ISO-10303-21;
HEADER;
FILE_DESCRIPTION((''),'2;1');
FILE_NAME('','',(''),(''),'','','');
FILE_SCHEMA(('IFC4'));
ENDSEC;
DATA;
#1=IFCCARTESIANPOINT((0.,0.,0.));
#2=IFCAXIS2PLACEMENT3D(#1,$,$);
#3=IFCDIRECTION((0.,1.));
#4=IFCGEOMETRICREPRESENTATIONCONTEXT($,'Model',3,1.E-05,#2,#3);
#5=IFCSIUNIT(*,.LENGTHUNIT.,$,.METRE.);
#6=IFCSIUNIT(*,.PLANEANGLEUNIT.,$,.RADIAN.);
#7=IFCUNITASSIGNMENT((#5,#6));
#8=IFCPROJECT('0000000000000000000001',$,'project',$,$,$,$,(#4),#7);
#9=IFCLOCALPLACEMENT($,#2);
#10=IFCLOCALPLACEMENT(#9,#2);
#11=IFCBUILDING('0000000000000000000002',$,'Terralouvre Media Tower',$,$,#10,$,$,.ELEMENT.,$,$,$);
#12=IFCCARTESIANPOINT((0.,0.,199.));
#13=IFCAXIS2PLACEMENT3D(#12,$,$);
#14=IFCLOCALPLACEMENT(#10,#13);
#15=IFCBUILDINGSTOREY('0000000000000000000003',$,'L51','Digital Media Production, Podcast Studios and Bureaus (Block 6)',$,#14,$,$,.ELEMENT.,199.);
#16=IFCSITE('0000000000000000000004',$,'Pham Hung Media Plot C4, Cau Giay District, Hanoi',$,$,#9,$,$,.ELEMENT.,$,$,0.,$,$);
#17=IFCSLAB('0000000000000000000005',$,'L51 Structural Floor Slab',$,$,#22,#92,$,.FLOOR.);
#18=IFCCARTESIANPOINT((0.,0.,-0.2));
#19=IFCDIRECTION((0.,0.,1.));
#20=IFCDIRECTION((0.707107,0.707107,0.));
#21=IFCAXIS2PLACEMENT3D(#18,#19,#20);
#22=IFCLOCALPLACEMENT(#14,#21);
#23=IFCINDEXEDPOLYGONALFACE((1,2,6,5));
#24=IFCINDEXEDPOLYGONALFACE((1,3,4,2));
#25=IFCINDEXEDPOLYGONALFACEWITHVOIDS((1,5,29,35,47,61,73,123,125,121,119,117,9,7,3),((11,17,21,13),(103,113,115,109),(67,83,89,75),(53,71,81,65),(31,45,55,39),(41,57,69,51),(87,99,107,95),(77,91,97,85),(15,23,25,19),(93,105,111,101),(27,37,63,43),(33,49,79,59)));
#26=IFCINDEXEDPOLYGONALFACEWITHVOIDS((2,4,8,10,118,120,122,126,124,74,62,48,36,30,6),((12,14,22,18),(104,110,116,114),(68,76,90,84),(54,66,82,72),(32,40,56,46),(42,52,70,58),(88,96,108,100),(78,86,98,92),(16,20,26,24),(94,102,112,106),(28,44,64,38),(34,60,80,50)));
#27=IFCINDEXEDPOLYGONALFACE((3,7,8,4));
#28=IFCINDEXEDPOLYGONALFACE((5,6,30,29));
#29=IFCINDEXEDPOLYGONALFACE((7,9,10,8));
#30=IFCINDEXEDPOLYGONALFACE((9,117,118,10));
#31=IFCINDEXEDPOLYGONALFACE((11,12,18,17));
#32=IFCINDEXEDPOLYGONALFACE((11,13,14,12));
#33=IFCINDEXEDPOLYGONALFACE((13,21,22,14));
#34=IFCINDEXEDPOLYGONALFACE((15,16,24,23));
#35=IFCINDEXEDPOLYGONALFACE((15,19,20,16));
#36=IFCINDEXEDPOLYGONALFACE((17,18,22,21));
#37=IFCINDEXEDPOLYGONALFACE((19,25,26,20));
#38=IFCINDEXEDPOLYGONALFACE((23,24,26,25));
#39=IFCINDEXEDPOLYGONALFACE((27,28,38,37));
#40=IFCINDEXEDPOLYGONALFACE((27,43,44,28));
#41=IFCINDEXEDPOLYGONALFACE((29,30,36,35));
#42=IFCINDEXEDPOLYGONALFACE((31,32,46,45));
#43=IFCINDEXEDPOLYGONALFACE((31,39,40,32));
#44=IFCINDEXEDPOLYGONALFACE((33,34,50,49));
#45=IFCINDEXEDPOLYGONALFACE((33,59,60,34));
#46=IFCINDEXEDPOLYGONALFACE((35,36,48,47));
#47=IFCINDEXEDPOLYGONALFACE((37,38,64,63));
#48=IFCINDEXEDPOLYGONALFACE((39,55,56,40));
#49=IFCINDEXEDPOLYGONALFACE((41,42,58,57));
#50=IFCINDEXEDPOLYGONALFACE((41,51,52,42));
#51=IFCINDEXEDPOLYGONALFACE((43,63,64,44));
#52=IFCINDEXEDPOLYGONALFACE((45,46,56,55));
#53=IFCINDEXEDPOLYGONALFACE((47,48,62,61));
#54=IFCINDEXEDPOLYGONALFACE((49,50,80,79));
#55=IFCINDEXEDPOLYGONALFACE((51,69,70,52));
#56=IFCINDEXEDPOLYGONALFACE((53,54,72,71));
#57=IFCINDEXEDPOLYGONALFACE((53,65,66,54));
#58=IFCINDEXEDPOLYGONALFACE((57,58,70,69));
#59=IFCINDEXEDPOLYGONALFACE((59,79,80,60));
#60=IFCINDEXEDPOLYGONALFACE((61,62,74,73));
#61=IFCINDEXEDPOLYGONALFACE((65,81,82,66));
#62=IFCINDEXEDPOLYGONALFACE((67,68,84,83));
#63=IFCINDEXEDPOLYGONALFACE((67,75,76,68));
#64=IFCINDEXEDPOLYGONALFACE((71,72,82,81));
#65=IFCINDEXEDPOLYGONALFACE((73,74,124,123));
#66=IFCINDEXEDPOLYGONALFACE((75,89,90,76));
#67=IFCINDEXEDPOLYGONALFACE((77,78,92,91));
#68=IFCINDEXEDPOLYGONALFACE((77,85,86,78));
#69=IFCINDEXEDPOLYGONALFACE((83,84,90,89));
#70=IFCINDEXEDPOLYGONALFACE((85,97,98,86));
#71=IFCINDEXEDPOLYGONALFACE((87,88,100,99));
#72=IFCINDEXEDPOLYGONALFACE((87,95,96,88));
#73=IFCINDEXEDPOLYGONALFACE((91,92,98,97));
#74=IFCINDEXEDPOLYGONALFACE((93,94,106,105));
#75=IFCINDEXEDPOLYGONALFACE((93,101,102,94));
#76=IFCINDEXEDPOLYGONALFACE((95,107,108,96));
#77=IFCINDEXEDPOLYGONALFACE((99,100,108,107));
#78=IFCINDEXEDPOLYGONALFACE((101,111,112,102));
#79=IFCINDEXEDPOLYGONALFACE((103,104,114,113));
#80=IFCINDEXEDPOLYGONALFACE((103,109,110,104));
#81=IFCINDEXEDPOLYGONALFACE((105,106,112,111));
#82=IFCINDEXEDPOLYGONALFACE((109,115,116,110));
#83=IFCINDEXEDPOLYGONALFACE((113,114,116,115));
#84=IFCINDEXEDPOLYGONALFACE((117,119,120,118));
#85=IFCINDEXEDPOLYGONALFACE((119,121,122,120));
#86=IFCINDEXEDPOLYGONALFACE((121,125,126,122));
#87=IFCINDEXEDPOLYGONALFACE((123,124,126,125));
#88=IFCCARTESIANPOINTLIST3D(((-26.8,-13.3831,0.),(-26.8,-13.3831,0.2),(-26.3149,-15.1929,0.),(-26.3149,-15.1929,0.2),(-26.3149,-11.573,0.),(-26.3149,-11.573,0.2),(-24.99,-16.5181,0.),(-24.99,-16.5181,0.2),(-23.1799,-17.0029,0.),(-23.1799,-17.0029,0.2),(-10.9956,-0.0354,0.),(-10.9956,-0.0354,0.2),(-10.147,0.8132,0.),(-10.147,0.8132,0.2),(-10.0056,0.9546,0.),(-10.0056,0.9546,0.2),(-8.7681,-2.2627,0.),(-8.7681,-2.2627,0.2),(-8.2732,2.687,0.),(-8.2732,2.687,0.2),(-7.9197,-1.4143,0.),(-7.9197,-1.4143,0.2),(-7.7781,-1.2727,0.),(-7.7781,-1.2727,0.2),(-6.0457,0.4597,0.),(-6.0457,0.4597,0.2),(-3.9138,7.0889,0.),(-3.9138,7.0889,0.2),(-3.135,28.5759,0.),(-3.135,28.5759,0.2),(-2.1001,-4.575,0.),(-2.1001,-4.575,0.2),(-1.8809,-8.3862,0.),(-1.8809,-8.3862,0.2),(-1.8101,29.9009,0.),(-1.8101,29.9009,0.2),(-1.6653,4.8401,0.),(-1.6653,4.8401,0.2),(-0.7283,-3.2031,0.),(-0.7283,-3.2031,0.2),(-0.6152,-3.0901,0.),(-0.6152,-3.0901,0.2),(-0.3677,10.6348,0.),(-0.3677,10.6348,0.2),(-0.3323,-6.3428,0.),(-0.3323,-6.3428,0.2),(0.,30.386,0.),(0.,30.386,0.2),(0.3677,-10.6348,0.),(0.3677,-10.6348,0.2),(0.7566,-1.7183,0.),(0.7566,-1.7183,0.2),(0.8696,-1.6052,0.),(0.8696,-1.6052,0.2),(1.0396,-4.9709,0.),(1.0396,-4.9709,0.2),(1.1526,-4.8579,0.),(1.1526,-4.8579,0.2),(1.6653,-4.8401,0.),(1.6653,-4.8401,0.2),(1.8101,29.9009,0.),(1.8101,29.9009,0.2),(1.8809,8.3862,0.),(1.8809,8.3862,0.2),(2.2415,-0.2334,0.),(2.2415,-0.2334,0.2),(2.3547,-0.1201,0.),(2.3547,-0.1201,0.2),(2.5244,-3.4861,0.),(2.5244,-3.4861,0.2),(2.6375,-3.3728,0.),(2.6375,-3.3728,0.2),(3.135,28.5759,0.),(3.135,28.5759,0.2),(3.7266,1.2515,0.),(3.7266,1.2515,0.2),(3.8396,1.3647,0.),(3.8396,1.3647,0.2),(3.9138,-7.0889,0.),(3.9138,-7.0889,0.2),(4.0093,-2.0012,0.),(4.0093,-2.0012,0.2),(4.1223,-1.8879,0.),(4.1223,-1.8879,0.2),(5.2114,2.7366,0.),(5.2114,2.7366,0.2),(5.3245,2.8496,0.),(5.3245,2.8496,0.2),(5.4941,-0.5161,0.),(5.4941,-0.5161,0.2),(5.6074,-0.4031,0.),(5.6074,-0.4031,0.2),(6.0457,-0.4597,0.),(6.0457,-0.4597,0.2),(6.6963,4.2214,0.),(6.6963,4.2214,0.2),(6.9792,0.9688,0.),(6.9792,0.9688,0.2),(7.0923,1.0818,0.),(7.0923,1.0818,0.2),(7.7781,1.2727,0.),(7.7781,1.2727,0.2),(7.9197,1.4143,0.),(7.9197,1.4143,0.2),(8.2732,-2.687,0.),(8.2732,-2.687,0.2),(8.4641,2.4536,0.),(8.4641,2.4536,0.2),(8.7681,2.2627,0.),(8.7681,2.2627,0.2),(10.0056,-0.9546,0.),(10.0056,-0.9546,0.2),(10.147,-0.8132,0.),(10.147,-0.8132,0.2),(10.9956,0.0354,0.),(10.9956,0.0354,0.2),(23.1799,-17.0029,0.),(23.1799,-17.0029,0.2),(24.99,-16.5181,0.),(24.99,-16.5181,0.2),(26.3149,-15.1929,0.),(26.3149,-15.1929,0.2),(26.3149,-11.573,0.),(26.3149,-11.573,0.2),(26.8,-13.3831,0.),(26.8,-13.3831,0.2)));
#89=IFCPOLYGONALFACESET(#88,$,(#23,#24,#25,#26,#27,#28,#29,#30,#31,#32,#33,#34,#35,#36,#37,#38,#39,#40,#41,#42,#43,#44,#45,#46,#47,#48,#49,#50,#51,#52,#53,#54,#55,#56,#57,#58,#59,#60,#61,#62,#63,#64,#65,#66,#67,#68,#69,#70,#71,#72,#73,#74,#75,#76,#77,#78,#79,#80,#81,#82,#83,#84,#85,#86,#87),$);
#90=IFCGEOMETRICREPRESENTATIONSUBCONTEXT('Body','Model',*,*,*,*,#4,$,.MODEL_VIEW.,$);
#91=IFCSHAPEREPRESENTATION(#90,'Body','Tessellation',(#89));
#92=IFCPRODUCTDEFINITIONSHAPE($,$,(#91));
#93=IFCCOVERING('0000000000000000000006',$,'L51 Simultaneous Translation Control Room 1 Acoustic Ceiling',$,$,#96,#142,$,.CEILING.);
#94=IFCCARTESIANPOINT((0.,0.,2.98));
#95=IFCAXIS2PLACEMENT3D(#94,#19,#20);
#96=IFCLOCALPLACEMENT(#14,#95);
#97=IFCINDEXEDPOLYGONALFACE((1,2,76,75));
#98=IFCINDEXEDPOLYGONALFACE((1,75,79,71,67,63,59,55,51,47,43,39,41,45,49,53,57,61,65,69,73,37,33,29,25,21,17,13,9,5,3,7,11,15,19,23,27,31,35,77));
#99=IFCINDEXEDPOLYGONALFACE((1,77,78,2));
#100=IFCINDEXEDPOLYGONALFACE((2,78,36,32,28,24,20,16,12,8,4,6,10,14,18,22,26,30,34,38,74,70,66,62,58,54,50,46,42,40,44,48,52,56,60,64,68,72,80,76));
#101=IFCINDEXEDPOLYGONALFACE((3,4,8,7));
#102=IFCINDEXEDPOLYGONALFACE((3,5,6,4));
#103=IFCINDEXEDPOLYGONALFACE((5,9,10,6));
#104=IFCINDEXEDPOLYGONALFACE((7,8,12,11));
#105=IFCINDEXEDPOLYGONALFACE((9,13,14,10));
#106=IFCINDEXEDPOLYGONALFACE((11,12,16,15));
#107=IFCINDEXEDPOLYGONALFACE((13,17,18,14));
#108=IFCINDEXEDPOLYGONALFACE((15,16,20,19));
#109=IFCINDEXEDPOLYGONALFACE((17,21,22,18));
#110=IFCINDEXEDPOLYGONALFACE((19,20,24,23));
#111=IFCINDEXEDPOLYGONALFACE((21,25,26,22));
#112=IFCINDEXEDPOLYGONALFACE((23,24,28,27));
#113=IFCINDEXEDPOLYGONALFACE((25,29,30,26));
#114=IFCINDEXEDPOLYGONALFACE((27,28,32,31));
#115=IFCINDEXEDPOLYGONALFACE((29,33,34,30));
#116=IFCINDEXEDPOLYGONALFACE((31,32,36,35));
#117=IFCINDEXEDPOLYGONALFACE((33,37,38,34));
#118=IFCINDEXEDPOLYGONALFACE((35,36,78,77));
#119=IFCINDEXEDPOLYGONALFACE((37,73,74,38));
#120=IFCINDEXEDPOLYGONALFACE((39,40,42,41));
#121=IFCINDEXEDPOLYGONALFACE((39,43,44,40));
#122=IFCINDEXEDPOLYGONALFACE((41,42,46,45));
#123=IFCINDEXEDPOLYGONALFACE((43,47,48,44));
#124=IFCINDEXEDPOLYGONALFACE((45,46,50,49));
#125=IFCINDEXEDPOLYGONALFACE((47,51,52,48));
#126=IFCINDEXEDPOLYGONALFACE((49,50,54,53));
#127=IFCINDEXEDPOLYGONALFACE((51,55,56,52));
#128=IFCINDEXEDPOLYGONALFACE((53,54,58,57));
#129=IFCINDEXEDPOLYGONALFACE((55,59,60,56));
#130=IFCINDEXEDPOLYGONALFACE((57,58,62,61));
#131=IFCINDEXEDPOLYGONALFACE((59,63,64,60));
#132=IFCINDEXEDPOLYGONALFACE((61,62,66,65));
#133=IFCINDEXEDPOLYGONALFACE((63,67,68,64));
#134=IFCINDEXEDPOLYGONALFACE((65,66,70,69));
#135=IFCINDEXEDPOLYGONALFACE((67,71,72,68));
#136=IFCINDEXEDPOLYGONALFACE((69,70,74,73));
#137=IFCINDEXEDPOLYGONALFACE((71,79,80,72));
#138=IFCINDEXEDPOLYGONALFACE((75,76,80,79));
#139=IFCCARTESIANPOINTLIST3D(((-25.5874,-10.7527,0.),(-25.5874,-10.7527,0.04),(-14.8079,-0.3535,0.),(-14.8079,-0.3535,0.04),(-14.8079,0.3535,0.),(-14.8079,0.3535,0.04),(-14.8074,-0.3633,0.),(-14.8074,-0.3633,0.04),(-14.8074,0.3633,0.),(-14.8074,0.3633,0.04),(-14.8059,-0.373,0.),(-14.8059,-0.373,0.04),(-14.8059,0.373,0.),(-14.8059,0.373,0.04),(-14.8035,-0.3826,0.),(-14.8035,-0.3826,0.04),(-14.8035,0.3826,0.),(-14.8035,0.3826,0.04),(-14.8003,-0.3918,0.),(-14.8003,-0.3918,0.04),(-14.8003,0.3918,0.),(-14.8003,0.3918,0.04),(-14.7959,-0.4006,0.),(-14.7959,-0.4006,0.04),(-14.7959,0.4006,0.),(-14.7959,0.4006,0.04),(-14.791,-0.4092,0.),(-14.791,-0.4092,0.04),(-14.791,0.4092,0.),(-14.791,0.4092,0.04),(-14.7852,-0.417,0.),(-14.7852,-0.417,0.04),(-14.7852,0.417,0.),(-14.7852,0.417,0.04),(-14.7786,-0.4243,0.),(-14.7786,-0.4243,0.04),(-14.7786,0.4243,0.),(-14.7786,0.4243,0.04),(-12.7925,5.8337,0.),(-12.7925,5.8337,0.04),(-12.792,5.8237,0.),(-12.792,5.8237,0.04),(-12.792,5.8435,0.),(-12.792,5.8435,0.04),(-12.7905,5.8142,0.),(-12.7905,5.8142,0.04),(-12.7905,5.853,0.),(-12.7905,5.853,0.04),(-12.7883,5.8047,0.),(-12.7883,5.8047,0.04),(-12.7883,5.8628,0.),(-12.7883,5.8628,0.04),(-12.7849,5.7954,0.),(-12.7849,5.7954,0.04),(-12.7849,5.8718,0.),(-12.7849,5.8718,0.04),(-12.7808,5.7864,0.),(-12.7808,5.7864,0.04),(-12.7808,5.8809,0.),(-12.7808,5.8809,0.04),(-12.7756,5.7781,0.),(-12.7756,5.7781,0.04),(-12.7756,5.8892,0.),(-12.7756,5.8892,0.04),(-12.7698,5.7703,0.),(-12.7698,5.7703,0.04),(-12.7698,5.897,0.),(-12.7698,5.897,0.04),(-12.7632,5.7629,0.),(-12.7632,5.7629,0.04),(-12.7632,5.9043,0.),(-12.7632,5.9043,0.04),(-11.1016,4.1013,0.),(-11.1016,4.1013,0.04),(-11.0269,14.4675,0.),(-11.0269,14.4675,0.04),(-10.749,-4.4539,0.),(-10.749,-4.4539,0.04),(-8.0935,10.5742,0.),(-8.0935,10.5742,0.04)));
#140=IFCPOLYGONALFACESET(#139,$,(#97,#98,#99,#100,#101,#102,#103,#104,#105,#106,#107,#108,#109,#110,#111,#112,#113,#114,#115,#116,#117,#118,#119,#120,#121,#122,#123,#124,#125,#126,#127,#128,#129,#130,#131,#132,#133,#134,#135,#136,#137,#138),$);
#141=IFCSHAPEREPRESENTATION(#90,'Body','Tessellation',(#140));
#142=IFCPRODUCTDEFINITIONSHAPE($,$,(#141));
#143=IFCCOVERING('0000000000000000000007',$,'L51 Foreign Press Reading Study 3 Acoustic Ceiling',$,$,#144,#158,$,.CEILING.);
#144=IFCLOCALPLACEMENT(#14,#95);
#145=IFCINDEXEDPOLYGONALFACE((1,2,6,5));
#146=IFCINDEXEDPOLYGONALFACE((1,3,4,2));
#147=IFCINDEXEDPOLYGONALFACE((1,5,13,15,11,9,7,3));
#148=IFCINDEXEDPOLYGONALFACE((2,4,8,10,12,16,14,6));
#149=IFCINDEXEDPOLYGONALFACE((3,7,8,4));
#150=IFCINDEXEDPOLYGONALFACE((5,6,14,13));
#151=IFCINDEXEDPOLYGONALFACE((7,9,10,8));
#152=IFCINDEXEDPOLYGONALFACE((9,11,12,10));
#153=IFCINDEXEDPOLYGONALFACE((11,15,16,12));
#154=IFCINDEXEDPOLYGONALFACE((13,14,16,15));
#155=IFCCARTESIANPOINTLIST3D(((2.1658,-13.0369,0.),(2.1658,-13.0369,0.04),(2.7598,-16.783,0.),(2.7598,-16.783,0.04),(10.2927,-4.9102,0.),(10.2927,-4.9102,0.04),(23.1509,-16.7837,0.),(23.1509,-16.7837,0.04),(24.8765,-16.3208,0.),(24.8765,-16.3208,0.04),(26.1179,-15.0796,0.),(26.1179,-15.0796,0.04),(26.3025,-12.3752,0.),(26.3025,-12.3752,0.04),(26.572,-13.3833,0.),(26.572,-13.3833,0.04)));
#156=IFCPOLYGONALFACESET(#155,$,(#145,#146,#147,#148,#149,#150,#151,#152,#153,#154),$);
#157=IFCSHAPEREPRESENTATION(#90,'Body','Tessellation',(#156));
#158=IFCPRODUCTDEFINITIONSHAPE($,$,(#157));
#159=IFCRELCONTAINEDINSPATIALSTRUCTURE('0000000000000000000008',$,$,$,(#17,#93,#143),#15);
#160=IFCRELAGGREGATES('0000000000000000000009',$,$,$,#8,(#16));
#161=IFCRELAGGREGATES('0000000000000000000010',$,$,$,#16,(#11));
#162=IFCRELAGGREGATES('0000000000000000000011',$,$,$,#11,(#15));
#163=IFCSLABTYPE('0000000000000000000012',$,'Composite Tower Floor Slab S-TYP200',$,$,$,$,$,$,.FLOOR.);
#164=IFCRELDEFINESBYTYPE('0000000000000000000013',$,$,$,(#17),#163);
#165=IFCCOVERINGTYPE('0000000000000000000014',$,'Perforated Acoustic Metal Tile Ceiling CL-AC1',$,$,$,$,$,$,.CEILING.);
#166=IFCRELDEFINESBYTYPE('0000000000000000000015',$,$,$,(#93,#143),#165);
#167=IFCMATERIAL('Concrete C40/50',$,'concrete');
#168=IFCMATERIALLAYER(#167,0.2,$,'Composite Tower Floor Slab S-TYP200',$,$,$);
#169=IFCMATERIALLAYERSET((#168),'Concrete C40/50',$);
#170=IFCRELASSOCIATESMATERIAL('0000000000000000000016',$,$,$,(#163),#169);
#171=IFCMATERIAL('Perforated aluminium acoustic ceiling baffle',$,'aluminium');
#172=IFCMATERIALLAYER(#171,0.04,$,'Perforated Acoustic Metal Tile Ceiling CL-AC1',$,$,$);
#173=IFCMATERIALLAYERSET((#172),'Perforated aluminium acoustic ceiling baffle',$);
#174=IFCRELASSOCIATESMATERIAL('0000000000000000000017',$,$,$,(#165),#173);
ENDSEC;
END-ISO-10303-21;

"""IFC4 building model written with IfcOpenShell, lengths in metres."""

from ifc_helpers import new_model, si_unit, direction, frame, origin, place, context, subcontext, project, spatial, polyline, outline, extrude, material, layer, layer_set, type_object, element, save


model = new_model("IFC4")

# Units and contexts
model_context = context("Model", 3, precision=1e-05, world=origin(), true_north=direction((0.0, 1.0)))
body_context = subcontext(model_context, "Body", "Model", "MODEL_VIEW")
ifc_project = project(units=[si_unit("LENGTHUNIT", "METRE"), si_unit("PLANEANGLEUNIT", "RADIAN")], contexts=[model_context])

# Site, building, storey
site_placement = place(None, origin())
site = spatial("IfcSite", under=ifc_project, at=site_placement, Name="Pham Hung Media Plot C4, Cau Giay District, Hanoi", CompositionType="ELEMENT", RefElevation=0.0)
building_placement = place(site_placement, origin())
building = spatial("IfcBuilding", under=site, at=building_placement, Name="Terralouvre Media Tower", CompositionType="ELEMENT")
storey_placement = place(building_placement, frame((0.0, 0.0, 199.0)))
storey = spatial("IfcBuildingStorey", under=building, at=storey_placement, Name="L51", Description="Digital Media Production, Podcast Studios and Bureaus (Block 6)", CompositionType="ELEMENT", Elevation=199.0)

# Slab
ifc_material_1 = material(Name="Concrete C40/50", Category="concrete")
ifc_layer_1 = layer(ifc_material_1, 0.2, Name="Composite Tower Floor Slab S-TYP200")
ifc_layer_set_1 = layer_set([ifc_layer_1], Name="Concrete C40/50")
slab_type_1 = type_object("IfcSlabType", Name="Composite Tower Floor Slab S-TYP200", PredefinedType="FLOOR", material=ifc_layer_set_1)
slab_1_placement = place(storey_placement, frame((0.0, 0.0, -0.2), z_axis=(0.0, 0.0, 1.0), x_axis=(0.707107, 0.707107, 0.0)))
element("IfcSlab", 1, at=slab_1_placement, inside=storey, type_object=slab_type_1, Name="L51 Structural Floor Slab", PredefinedType="FLOOR", context=body_context, shape_type="SweptSolid", body=[
    extrude(outline(polyline([(-26.3149, -11.573), (-26.8, -13.3831), (-26.3149, -15.1929), (-24.99, -16.5181), (-23.1799, -17.0029), (23.1799, -17.0029), (24.99, -16.5181), (26.3149, -15.1929), (26.8, -13.3831), (26.3149, -11.573), (3.135, 28.5759), (1.8101, 29.9009), (0.0, 30.386), (-1.8101, 29.9009), (-3.135, 28.5759), (-26.3149, -11.573)]), holes=[polyline([(-7.9197, -1.4143), (-8.7681, -2.2627), (-10.9956, -0.0354), (-10.147, 0.8132), (-7.9197, -1.4143)]), polyline([(-7.7781, -1.2727), (-10.0056, 0.9546), (-8.2732, 2.687), (-6.0457, 0.4597), (-7.7781, -1.2727)]), polyline([(4.1223, -1.8879), (2.3547, -0.1201), (3.7266, 1.2515), (5.4941, -0.5161), (4.1223, -1.8879)]), polyline([(6.9792, 0.9688), (5.6074, -0.4031), (3.8396, 1.3647), (5.2114, 2.7366), (6.9792, 0.9688)]), polyline([(-1.6653, 4.8401), (-3.9138, 7.0889), (-0.3677, 10.6348), (1.8809, 8.3862), (-1.6653, 4.8401)]), polyline([(7.0923, 1.0818), (5.3245, 2.8496), (6.6963, 4.2214), (8.4641, 2.4536), (7.0923, 1.0818)]), polyline([(-1.8809, -8.3862), (1.6653, -4.8401), (3.9138, -7.0889), (0.3677, -10.6348), (-1.8809, -8.3862)]), polyline([(-0.3323, -6.3428), (-2.1001, -4.575), (-0.7283, -3.2031), (1.0396, -4.9709), (-0.3323, -6.3428)]), polyline([(1.1526, -4.8579), (-0.6152, -3.0901), (0.7566, -1.7183), (2.5244, -3.4861), (1.1526, -4.8579)]), polyline([(4.0093, -2.0012), (2.6375, -3.3728), (0.8696, -1.6052), (2.2415, -0.2334), (4.0093, -2.0012)]), polyline([(8.2732, -2.687), (6.0457, -0.4597), (7.7781, 1.2727), (10.0056, -0.9546), (8.2732, -2.687)]), polyline([(10.147, -0.8132), (7.9197, 1.4143), (8.7681, 2.2627), (10.9956, 0.0354), (10.147, -0.8132)])]), origin(), (0.0, 0.0, 1.0), 0.2),
])

# Coverings
ifc_material_2 = material(Name="Perforated aluminium acoustic ceiling baffle", Category="aluminium")
ifc_layer_2 = layer(ifc_material_2, 0.04, Name="Perforated Acoustic Metal Tile Ceiling CL-AC1")
ifc_layer_set_2 = layer_set([ifc_layer_2], Name="Perforated aluminium acoustic ceiling baffle")
covering_type = type_object("IfcCoveringType", Name="Perforated Acoustic Metal Tile Ceiling CL-AC1", PredefinedType="CEILING", material=ifc_layer_set_2)
covering_1_placement = place(storey_placement, frame((0.0, 0.0, 2.98), z_axis=(0.0, 0.0, 1.0), x_axis=(0.707107, 0.707107, 0.0)))
element("IfcCovering", 2, at=covering_1_placement, inside=storey, type_object=covering_type, Name="L51 Simultaneous Translation Control Room 1 Acoustic Ceiling", PredefinedType="CEILING", context=body_context, shape_type="SweptSolid", body=[
    extrude(outline(polyline([(-14.7786, -0.4243), (-14.7852, -0.417), (-14.791, -0.4092), (-14.7959, -0.4006), (-14.8003, -0.3918), (-14.8035, -0.3826), (-14.8059, -0.373), (-14.8074, -0.3633), (-14.8079, -0.3535), (-14.8079, 0.3535), (-14.8074, 0.3633), (-14.8059, 0.373), (-14.8035, 0.3826), (-14.8003, 0.3918), (-14.7959, 0.4006), (-14.791, 0.4092), (-14.7852, 0.417), (-14.7786, 0.4243), (-11.1016, 4.1013), (-12.7632, 5.7629), (-12.7698, 5.7703), (-12.7756, 5.7781), (-12.7808, 5.7864), (-12.7849, 5.7954), (-12.7883, 5.8047), (-12.7905, 5.8142), (-12.792, 5.8237), (-12.7925, 5.8337), (-12.792, 5.8435), (-12.7905, 5.853), (-12.7883, 5.8628), (-12.7849, 5.8718), (-12.7808, 5.8809), (-12.7756, 5.8892), (-12.7698, 5.897), (-12.7632, 5.9043), (-8.0935, 10.5742), (-11.0269, 14.4675), (-25.5874, -10.7527), (-10.749, -4.4539), (-14.7786, -0.4243)])), origin(), (0.0, 0.0, 1.0), 0.04),
])
covering_2_placement = place(storey_placement, frame((0.0, 0.0, 2.98), z_axis=(0.0, 0.0, 1.0), x_axis=(0.707107, 0.707107, 0.0)))
element("IfcCovering", 3, at=covering_2_placement, inside=storey, type_object=covering_type, Name="L51 Foreign Press Reading Study 3 Acoustic Ceiling", PredefinedType="CEILING", context=body_context, shape_type="SweptSolid", body=[
    extrude(outline(polyline([(2.1658, -13.0369), (2.7598, -16.783), (23.1509, -16.7837), (24.8765, -16.3208), (26.1179, -15.0796), (26.572, -13.3833), (26.3025, -12.3752), (10.2927, -4.9102), (2.1658, -13.0369)])), origin(), (0.0, 0.0, 1.0), 0.04),
])

save(model, "model.ifc")
